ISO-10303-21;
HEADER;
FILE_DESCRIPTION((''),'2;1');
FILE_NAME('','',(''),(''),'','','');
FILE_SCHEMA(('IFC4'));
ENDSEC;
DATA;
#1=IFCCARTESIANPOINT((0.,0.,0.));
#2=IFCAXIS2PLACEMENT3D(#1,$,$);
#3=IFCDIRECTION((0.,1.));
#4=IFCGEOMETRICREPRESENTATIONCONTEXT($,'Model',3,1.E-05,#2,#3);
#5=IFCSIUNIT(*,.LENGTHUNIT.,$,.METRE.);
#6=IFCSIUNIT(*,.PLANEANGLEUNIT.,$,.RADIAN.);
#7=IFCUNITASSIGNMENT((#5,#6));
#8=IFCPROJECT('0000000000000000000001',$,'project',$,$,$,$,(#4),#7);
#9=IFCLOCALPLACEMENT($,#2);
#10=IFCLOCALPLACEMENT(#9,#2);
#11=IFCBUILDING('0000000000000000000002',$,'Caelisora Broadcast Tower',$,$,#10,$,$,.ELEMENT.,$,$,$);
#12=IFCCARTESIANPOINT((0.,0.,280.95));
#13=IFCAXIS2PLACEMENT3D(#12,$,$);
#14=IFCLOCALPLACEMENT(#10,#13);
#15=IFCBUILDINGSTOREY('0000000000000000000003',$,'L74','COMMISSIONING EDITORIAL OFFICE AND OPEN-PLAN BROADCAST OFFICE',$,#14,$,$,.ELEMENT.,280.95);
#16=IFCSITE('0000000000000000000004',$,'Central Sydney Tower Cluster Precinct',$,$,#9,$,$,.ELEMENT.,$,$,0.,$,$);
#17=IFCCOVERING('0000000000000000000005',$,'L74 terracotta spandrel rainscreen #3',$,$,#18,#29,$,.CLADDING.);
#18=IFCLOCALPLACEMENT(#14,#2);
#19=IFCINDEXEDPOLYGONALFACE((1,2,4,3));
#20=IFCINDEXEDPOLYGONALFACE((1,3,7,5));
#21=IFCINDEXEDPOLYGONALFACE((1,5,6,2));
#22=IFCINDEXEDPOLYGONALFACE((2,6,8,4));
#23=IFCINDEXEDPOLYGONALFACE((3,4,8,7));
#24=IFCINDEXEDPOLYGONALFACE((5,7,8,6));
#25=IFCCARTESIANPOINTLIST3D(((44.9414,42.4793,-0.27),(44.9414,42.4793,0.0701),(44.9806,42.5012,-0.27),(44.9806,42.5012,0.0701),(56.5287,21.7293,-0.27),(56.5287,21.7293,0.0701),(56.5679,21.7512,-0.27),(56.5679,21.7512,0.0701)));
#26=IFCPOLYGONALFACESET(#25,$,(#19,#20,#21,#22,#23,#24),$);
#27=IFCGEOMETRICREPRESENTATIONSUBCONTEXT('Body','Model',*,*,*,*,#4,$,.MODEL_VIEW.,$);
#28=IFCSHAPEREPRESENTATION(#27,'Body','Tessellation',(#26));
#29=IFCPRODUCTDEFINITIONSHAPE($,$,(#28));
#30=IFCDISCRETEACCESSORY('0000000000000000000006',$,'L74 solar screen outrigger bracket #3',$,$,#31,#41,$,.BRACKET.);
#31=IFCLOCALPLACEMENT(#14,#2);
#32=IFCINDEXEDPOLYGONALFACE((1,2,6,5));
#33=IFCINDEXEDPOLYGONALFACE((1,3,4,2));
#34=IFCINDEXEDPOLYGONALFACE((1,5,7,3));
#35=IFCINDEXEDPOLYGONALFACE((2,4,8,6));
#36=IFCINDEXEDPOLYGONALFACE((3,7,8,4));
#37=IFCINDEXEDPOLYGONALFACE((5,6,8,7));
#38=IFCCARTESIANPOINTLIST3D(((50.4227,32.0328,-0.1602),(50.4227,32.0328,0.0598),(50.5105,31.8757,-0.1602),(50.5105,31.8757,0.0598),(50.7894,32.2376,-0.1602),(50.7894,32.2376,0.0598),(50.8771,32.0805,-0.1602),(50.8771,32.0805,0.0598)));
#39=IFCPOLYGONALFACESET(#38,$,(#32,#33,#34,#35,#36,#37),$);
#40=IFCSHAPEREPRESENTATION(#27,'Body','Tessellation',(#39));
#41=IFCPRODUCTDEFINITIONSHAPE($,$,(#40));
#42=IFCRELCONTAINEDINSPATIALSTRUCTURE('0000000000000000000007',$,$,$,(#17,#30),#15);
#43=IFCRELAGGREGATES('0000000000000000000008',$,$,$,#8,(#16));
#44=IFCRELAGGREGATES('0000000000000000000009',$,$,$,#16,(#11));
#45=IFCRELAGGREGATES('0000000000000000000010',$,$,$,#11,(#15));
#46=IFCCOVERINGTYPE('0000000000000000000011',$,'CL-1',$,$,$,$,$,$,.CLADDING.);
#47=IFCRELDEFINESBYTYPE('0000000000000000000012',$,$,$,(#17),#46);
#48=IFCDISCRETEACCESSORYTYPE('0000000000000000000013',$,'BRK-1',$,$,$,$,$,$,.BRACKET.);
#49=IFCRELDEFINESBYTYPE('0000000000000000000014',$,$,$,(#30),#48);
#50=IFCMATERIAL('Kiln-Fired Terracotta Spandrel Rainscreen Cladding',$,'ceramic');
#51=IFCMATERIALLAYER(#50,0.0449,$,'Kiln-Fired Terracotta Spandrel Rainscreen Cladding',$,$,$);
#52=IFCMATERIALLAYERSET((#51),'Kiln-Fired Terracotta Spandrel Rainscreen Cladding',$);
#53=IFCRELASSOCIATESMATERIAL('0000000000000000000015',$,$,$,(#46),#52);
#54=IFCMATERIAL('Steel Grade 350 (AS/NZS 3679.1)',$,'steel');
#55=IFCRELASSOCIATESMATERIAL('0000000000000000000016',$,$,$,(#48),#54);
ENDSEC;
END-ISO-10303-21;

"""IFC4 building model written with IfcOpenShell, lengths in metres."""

from ifc_helpers import new_model, si_unit, direction, frame, origin, origin_2d, place, context, subcontext, project, spatial, rectangle, extrude, source, transform, mapped, material, layer, layer_set, type_object, type_shapes, element, save


model = new_model("IFC4")

# Units and contexts
model_context = context("Model", 3, precision=1e-05, world=origin(), true_north=direction((0.0, 1.0)))
body_context = subcontext(model_context, "Body", "Model", "MODEL_VIEW")
ifc_project = project(units=[si_unit("LENGTHUNIT", "METRE"), si_unit("PLANEANGLEUNIT", "RADIAN")], contexts=[model_context])

# Site, building, storey
site_placement = place(None, origin())
site = spatial("IfcSite", under=ifc_project, at=site_placement, Name="Central Sydney Tower Cluster Precinct", CompositionType="ELEMENT", RefElevation=0.0)
building_placement = place(site_placement, origin())
building = spatial("IfcBuilding", under=site, at=building_placement, Name="Caelisora Broadcast Tower", CompositionType="ELEMENT")
storey_placement = place(building_placement, frame((0.0, 0.0, 280.95)))
storey = spatial("IfcBuildingStorey", under=building, at=storey_placement, Name="L74", Description="COMMISSIONING EDITORIAL OFFICE AND OPEN-PLAN BROADCAST OFFICE", CompositionType="ELEMENT", Elevation=280.95)

# Shared definitions
ifc_material_1 = material(Name="Steel Grade 350 (AS/NZS 3679.1)", Category="steel")

# Shared definitions
ifc_material_2 = material(Name="Kiln-Fired Terracotta Spandrel Rainscreen Cladding", Category="ceramic")
ifc_layer_1 = layer(ifc_material_2, 0.0449, Name="Kiln-Fired Terracotta Spandrel Rainscreen Cladding")
ifc_layer_set_1 = layer_set([ifc_layer_1], Name="Kiln-Fired Terracotta Spandrel Rainscreen Cladding")
covering_type = type_object("IfcCoveringType", Name="CL-1", PredefinedType="CLADDING", material=ifc_layer_set_1)

# Covering
shared_shape_1 = source(origin(), body_context, "Body", "SweptSolid", [
    extrude(rectangle(XDim=23.7661, YDim=0.0449, at=origin_2d()), origin(), (0.0, 0.0, 1.0), 0.3401),
])
covering_1_placement = place(storey_placement, frame((50.7546, 32.1152, -0.27), z_axis=(0.0, 0.0, 1.0), x_axis=(-0.487555, 0.873092, 0.0)))
element("IfcCovering", 1, at=covering_1_placement, inside=storey, type_object=covering_type, Name="L74 terracotta spandrel rainscreen #3", PredefinedType="CLADDING", context=body_context, shape_type="MappedRepresentation", body=[
    mapped(shared_shape_1, transform((0.0, 0.0, 0.0), scale=1.0)),
])

# Discrete accessory
discrete_accessory_type = type_object("IfcDiscreteAccessoryType", Name="BRK-1", PredefinedType="BRACKET", material=ifc_material_1)
shared_shape_2 = source(origin(), body_context, "Body", "SweptSolid", [
    extrude(rectangle(XDim=0.1799, YDim=0.4199, at=origin_2d()), origin(), (0.0, 0.0, 1.0), 0.22),
])
type_shapes(discrete_accessory_type, [shared_shape_2])
discrete_accessory_placement = place(storey_placement, frame((50.6499, 32.0566, -0.1602), z_axis=(0.0, 0.0, 1.0), x_axis=(-0.487555, 0.873092, 0.0)))
element("IfcDiscreteAccessory", 2, at=discrete_accessory_placement, inside=storey, type_object=discrete_accessory_type, Name="L74 solar screen outrigger bracket #3", PredefinedType="BRACKET", context=body_context, shape_type="MappedRepresentation", body=[
    mapped(shared_shape_2, transform((0.0, 0.0, 0.0), scale=1.0)),
])

save(model, "model.ifc")
